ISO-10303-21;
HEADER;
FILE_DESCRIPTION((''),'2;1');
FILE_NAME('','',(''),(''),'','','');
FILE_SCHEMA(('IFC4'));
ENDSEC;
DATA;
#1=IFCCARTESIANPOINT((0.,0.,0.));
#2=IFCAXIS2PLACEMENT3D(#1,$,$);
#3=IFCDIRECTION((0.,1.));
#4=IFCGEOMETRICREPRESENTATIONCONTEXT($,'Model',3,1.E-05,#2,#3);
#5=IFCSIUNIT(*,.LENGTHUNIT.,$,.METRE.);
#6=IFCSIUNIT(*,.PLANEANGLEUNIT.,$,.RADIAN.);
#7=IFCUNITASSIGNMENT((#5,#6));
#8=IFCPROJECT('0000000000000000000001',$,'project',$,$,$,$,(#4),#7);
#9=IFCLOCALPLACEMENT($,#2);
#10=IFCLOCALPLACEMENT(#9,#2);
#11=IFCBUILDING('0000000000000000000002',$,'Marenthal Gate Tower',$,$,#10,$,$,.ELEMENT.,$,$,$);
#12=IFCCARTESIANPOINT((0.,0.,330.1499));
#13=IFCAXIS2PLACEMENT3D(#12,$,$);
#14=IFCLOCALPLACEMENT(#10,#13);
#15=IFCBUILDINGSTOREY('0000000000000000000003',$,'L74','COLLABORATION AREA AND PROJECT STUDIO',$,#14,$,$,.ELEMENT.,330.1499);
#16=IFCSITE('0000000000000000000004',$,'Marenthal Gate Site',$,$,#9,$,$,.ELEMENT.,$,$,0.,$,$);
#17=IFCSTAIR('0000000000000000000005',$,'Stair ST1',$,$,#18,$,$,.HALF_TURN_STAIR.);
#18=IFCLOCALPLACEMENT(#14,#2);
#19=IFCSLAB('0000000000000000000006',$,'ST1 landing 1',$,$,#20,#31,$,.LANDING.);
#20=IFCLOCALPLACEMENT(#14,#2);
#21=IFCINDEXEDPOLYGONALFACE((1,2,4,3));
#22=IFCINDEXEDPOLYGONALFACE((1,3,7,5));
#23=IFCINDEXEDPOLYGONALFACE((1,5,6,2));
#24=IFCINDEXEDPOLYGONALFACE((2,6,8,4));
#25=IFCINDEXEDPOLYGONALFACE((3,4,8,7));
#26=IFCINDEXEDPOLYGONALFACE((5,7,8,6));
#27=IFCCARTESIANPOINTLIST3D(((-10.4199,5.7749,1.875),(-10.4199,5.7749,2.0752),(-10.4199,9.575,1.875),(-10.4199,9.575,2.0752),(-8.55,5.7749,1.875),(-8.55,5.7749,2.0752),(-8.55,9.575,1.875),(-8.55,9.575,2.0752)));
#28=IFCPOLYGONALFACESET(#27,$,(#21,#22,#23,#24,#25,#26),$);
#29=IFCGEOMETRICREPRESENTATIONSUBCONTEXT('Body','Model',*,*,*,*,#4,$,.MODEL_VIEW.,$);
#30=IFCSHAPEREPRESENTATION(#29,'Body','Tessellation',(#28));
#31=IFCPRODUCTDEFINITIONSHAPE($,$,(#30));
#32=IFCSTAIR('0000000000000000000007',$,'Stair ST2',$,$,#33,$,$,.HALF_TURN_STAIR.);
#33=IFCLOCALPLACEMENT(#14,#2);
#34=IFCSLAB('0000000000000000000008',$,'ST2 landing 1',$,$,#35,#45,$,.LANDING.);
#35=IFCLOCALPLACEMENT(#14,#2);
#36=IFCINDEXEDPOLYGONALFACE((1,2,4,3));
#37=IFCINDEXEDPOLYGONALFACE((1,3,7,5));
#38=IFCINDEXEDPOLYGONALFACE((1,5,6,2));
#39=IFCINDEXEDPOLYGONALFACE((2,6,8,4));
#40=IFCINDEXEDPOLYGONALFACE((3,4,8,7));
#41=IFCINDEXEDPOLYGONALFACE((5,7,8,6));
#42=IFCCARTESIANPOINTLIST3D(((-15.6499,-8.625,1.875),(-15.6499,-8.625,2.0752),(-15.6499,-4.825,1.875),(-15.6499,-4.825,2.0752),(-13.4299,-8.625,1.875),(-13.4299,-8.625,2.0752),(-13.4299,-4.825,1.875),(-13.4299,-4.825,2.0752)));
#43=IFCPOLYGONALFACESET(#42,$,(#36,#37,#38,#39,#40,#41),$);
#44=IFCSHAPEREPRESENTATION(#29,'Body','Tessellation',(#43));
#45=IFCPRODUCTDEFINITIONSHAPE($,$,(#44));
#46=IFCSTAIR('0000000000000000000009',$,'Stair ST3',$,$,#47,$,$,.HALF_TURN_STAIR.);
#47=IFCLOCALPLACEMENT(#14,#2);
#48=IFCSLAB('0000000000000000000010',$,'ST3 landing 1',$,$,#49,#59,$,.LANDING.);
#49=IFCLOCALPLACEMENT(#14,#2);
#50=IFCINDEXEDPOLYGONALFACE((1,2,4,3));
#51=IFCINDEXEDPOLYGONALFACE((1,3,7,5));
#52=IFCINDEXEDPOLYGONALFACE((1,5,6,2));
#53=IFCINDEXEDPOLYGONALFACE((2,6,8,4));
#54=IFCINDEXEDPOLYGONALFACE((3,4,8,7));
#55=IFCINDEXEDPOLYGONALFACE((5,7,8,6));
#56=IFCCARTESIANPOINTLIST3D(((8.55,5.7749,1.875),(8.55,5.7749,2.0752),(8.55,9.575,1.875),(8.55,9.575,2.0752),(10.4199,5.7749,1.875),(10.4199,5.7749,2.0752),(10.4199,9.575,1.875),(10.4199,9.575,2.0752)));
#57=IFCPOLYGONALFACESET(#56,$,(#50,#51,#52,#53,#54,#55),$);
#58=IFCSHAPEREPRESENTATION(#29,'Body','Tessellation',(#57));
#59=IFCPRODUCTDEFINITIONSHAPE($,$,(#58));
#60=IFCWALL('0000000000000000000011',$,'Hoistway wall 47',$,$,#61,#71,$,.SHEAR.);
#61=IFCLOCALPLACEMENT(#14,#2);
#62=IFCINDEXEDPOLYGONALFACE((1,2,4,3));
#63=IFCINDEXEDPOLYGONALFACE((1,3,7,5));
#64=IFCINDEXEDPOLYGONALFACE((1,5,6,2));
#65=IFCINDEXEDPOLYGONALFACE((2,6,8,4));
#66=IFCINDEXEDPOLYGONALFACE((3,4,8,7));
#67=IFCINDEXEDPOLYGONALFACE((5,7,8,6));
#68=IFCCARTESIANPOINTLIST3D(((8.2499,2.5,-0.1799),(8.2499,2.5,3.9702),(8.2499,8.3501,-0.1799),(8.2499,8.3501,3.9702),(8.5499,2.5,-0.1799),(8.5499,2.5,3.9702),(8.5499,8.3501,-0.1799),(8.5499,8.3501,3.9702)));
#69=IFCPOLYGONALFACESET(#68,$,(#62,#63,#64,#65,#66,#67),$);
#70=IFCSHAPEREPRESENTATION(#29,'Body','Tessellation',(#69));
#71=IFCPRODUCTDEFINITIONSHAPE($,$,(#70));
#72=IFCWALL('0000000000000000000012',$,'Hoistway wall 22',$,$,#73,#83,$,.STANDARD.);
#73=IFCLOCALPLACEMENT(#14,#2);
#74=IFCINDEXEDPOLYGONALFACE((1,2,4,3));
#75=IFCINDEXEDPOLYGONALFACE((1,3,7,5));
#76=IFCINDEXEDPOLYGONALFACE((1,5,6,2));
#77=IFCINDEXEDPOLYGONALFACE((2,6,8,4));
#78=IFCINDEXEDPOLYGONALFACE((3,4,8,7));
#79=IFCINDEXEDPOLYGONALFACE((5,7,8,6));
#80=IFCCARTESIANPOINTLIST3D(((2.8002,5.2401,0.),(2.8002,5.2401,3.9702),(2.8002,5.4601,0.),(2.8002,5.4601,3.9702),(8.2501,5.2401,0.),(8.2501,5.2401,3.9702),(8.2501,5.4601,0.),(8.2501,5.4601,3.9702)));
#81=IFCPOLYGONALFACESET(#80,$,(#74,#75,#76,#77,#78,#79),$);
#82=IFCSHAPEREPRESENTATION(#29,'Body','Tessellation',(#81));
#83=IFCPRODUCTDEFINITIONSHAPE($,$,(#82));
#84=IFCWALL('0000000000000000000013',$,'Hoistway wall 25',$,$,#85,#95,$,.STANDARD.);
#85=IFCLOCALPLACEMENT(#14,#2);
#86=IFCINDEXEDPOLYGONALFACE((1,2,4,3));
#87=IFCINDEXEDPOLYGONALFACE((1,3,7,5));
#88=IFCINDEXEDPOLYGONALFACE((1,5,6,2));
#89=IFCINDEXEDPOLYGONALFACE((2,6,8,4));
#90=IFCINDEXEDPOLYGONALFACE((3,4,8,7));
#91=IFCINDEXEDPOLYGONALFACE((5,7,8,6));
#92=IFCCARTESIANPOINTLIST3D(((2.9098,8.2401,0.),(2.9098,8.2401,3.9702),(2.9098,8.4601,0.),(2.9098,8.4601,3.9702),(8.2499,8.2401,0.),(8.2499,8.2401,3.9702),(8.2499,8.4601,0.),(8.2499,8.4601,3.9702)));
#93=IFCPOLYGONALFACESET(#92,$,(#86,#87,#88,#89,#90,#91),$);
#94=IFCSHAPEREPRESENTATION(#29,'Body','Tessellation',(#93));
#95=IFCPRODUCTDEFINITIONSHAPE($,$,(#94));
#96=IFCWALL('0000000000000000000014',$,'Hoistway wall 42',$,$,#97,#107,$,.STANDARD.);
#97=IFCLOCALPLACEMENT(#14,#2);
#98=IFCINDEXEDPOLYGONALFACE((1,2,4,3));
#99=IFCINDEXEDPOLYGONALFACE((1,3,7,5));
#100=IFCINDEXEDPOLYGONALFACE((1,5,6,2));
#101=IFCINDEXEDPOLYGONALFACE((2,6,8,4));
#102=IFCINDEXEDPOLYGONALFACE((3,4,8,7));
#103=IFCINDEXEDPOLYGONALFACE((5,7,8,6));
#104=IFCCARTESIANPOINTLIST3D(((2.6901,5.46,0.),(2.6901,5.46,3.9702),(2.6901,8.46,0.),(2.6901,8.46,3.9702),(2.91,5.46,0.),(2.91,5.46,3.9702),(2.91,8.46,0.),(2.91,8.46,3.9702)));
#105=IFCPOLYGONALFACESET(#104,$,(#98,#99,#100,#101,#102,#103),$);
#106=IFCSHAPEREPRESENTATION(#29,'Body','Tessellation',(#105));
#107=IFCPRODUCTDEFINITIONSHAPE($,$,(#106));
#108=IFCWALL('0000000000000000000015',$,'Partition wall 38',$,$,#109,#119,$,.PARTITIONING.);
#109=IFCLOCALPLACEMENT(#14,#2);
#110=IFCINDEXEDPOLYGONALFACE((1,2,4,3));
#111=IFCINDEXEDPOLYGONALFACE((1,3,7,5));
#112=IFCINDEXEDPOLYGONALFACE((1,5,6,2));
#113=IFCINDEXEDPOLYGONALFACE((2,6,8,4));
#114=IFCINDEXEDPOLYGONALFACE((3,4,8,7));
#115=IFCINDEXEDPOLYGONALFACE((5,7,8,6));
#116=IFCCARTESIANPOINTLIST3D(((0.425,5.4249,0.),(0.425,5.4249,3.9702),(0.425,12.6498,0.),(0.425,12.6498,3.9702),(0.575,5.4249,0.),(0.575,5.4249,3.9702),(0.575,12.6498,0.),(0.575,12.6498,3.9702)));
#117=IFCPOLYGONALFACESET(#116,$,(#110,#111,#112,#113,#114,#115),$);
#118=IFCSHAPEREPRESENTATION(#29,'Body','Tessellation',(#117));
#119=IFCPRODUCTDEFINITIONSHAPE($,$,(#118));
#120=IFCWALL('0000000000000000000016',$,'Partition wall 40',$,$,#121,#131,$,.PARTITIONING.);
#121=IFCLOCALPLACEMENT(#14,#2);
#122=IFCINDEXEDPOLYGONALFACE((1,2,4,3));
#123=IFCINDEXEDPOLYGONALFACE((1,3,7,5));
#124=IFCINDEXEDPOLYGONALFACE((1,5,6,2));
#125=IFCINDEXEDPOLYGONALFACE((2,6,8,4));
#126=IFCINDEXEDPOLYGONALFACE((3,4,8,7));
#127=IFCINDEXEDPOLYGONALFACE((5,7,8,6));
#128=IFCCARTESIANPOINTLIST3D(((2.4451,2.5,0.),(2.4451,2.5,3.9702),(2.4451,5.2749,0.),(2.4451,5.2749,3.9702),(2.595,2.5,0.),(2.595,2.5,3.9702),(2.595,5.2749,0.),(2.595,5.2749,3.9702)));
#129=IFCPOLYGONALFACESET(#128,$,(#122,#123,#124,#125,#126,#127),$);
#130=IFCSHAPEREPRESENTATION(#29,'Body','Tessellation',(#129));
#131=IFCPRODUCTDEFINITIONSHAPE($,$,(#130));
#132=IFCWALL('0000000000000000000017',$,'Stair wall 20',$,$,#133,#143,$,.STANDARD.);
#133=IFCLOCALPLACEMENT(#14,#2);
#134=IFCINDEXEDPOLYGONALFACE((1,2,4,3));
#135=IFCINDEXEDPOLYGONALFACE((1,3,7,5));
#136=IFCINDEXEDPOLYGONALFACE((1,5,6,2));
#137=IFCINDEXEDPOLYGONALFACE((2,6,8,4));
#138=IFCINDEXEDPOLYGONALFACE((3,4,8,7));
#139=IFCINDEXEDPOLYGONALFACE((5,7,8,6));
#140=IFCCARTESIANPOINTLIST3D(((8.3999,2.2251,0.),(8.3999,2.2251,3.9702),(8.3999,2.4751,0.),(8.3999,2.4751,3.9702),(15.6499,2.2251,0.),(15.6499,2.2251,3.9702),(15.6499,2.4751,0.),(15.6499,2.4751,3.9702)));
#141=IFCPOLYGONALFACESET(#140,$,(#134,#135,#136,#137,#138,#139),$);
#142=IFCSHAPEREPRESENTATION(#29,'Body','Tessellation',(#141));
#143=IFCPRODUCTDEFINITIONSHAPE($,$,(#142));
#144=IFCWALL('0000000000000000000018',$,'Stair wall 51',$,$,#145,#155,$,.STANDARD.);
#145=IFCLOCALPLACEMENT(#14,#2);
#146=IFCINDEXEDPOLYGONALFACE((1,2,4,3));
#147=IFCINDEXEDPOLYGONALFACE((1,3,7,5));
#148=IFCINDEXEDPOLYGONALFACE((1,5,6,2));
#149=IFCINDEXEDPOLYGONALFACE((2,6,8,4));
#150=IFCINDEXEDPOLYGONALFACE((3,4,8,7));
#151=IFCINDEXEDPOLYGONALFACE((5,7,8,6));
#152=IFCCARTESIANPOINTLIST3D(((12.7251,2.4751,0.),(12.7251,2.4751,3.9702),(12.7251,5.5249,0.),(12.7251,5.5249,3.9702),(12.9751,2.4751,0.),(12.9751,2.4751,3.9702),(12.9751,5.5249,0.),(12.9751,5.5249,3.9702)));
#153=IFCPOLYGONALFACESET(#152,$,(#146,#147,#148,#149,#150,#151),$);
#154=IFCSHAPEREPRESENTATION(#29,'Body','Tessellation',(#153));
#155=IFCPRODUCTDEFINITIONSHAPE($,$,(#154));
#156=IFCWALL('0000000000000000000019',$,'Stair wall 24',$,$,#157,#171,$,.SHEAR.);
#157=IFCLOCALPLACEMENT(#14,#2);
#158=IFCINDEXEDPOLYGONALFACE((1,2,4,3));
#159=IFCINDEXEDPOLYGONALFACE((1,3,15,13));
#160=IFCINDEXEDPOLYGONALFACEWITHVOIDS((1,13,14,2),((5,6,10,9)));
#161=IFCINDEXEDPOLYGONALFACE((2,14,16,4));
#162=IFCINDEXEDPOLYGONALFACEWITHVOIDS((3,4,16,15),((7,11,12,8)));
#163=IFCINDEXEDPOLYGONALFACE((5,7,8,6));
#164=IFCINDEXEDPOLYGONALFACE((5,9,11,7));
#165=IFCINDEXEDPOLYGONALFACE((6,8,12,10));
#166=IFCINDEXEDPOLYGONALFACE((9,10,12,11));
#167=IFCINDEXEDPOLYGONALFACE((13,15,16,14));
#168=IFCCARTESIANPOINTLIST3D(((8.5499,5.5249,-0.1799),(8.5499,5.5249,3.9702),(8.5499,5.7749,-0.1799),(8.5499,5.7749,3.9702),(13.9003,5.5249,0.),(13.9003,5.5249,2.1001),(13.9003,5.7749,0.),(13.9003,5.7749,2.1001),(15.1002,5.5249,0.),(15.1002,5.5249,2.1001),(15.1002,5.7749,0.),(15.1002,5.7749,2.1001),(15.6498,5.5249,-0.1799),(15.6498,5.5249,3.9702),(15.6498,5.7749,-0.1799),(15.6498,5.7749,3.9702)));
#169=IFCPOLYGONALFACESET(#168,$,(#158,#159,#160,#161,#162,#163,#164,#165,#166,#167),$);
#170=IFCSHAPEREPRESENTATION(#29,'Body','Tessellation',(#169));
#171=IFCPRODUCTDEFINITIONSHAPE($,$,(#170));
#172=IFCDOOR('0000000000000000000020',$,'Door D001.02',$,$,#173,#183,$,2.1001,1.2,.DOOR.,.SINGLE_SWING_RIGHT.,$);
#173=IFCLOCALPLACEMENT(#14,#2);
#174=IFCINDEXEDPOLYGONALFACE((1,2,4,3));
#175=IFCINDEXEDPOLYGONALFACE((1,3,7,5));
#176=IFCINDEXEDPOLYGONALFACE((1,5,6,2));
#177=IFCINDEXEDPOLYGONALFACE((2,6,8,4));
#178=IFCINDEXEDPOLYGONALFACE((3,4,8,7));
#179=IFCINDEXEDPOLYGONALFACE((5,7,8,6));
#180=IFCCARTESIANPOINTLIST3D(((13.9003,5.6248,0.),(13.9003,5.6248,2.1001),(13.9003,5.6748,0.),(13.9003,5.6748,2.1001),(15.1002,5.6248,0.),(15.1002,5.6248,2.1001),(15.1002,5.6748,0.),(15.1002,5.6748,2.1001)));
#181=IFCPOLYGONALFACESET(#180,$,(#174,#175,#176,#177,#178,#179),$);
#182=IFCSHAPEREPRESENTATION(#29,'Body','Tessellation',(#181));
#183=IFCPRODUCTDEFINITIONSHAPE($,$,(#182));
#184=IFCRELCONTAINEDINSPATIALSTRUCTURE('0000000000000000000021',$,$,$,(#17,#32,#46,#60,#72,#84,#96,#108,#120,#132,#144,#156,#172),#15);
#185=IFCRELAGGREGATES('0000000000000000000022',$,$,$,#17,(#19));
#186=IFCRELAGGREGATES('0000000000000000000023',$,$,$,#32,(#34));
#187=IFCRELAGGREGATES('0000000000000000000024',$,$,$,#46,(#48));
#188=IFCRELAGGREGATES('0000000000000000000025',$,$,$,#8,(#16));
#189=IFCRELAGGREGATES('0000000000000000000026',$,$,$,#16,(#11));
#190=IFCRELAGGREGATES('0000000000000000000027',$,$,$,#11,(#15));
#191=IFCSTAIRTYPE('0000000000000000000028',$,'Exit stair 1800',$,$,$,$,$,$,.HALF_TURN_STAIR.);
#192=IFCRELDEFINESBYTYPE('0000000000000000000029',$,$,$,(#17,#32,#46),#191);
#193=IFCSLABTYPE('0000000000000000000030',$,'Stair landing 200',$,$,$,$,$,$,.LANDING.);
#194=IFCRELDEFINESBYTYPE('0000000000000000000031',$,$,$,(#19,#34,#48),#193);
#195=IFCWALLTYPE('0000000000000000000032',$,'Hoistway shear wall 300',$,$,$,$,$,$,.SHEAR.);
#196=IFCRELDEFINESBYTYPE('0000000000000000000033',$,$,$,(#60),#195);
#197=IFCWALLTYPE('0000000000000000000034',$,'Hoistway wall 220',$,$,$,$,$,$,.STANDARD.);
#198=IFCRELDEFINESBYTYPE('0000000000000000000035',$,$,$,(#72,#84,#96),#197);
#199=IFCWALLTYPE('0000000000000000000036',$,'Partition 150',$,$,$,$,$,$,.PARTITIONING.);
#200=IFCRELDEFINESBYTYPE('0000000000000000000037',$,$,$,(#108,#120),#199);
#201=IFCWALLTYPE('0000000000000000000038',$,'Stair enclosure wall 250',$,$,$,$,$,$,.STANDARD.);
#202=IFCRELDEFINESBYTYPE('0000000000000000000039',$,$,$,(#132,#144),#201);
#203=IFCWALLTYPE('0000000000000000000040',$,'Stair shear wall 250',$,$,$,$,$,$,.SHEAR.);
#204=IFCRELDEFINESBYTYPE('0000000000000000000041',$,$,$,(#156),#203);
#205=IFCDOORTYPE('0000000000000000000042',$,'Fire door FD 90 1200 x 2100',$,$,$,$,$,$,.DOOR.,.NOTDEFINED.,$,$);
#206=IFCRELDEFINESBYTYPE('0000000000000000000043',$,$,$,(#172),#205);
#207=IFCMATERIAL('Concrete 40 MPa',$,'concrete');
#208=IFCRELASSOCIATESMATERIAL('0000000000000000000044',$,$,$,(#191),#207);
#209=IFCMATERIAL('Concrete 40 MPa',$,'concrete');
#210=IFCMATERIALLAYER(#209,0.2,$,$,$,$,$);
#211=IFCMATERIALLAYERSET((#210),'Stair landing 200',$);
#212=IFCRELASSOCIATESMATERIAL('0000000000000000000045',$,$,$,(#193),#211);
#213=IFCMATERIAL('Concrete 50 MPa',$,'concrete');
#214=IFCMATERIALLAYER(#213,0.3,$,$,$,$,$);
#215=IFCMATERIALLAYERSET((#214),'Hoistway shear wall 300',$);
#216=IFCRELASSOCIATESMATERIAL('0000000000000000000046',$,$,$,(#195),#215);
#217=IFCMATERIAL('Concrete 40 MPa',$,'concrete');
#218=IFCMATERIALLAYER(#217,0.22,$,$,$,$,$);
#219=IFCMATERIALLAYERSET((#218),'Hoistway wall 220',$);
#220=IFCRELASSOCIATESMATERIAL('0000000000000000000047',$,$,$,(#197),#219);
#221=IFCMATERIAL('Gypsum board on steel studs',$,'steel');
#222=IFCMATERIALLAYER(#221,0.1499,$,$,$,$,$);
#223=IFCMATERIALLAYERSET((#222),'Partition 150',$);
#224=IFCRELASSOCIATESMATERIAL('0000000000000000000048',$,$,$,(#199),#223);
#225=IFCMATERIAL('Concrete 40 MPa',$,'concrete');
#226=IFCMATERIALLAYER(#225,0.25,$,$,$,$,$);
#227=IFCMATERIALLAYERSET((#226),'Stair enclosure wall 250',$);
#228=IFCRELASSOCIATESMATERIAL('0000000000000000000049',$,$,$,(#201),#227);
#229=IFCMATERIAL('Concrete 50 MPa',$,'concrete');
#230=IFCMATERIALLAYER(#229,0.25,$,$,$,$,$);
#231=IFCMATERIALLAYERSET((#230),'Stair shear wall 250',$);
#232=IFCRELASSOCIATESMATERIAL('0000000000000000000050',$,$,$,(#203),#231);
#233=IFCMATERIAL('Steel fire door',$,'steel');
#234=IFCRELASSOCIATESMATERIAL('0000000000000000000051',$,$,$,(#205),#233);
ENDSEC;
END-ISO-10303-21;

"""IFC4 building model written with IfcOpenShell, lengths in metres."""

from ifc_helpers import new_model, si_unit, direction, frame, frame_2d, origin, place, context, subcontext, project, spatial, polyline, rectangle, outline, extrude, material, layer, layer_set, type_object, element, fill, aggregate, save


model = new_model("IFC4")

# Units and contexts
model_context = context("Model", 3, precision=1e-05, world=origin(), true_north=direction((0.0, 1.0)))
body_context = subcontext(model_context, "Body", "Model", "MODEL_VIEW")
ifc_project = project(units=[si_unit("LENGTHUNIT", "METRE"), si_unit("PLANEANGLEUNIT", "RADIAN")], contexts=[model_context])

# Site, building, storey
site_placement = place(None, origin())
site = spatial("IfcSite", under=ifc_project, at=site_placement, Name="Marenthal Gate Site", CompositionType="ELEMENT", RefElevation=0.0)
building_placement = place(site_placement, origin())
building = spatial("IfcBuilding", under=site, at=building_placement, Name="Marenthal Gate Tower", CompositionType="ELEMENT")
storey_placement = place(building_placement, frame((0.0, 0.0, 330.1499)))
storey = spatial("IfcBuildingStorey", under=building, at=storey_placement, Name="L74", Description="COLLABORATION AREA AND PROJECT STUDIO", CompositionType="ELEMENT", Elevation=330.1499)

# Stairs, slabs
ifc_material_1 = material(Name="Concrete 40 MPa", Category="concrete")
stair_type = type_object("IfcStairType", Name="Exit stair 1800", PredefinedType="HALF_TURN_STAIR", material=ifc_material_1)
stair_1_placement = place(storey_placement, origin())
stair_1 = element("IfcStair", 1, at=stair_1_placement, inside=storey, type_object=stair_type, Name="Stair ST1", PredefinedType="HALF_TURN_STAIR")
ifc_material_2 = material(Name="Concrete 40 MPa", Category="concrete")
ifc_layer_1 = layer(ifc_material_2, 0.2)
ifc_layer_set_1 = layer_set([ifc_layer_1], Name="Stair landing 200")
slab_type = type_object("IfcSlabType", Name="Stair landing 200", PredefinedType="LANDING", material=ifc_layer_set_1)
slab_1_placement = place(storey_placement, frame((0.0, 0.0, 1.875)))
slab_1 = element("IfcSlab", 2, at=slab_1_placement, type_object=slab_type, Name="ST1 landing 1", PredefinedType="LANDING", context=body_context, shape_type="SweptSolid", body=[
    extrude(outline(polyline([(-10.4199, 5.7749), (-8.55, 5.7749), (-8.55, 9.575), (-10.4199, 9.575), (-10.4199, 5.7749)])), origin(), (0.0, 0.0, 1.0), 0.2002),
])
aggregate(stair_1, [slab_1])
stair_2_placement = place(storey_placement, origin())
stair_2 = element("IfcStair", 3, at=stair_2_placement, inside=storey, type_object=stair_type, Name="Stair ST2", PredefinedType="HALF_TURN_STAIR")
slab_2_placement = place(storey_placement, frame((0.0, 0.0, 1.875)))
slab_2 = element("IfcSlab", 4, at=slab_2_placement, type_object=slab_type, Name="ST2 landing 1", PredefinedType="LANDING", context=body_context, shape_type="SweptSolid", body=[
    extrude(outline(polyline([(-15.6499, -8.625), (-13.4299, -8.625), (-13.4299, -4.825), (-15.6499, -4.825), (-15.6499, -8.625)])), origin(), (0.0, 0.0, 1.0), 0.2002),
])
aggregate(stair_2, [slab_2])
stair_3_placement = place(storey_placement, origin())
stair_3 = element("IfcStair", 5, at=stair_3_placement, inside=storey, type_object=stair_type, Name="Stair ST3", PredefinedType="HALF_TURN_STAIR")
slab_3_placement = place(storey_placement, frame((0.0, 0.0, 1.875)))
slab_3 = element("IfcSlab", 6, at=slab_3_placement, type_object=slab_type, Name="ST3 landing 1", PredefinedType="LANDING", context=body_context, shape_type="SweptSolid", body=[
    extrude(outline(polyline([(8.55, 5.7749), (10.4199, 5.7749), (10.4199, 9.575), (8.55, 9.575), (8.55, 5.7749)])), origin(), (0.0, 0.0, 1.0), 0.2002),
])

# Walls
ifc_material_3 = material(Name="Concrete 50 MPa", Category="concrete")
ifc_layer_2 = layer(ifc_material_3, 0.3)
ifc_layer_set_2 = layer_set([ifc_layer_2], Name="Hoistway shear wall 300")
wall_type_1 = type_object("IfcWallType", Name="Hoistway shear wall 300", PredefinedType="SHEAR", material=ifc_layer_set_2)
wall_1_placement = place(storey_placement, frame((8.3999, 2.5, -0.1799), z_axis=(0.0, 0.0, 1.0), x_axis=(0.0, 1.0, 0.0)))
element("IfcWall", 7, at=wall_1_placement, inside=storey, type_object=wall_type_1, Name="Hoistway wall 47", PredefinedType="SHEAR", context=body_context, shape_type="SweptSolid", body=[
    extrude(rectangle(XDim=5.8501, YDim=0.3, at=frame_2d((2.925, 0.0))), origin(), (0.0, 0.0, 1.0), 4.1501),
])
ifc_material_4 = material(Name="Concrete 40 MPa", Category="concrete")
ifc_layer_3 = layer(ifc_material_4, 0.22)
ifc_layer_set_3 = layer_set([ifc_layer_3], Name="Hoistway wall 220")
wall_type_2 = type_object("IfcWallType", Name="Hoistway wall 220", PredefinedType="STANDARD", material=ifc_layer_set_3)
wall_2_placement = place(storey_placement, frame((2.8, 5.3501, 0.0), z_axis=(0.0, 0.0, 1.0), x_axis=(1.0, 0.0, 0.0)))
element("IfcWall", 8, at=wall_2_placement, inside=storey, type_object=wall_type_2, Name="Hoistway wall 22", PredefinedType="STANDARD", context=body_context, shape_type="SweptSolid", body=[
    extrude(rectangle(XDim=5.45, YDim=0.22, at=frame_2d((2.7251, 0.0))), origin(), (0.0, 0.0, 1.0), 3.9702),
])
wall_3_placement = place(storey_placement, frame((2.9099, 8.3501, 0.0), z_axis=(0.0, 0.0, 1.0), x_axis=(1.0, 0.0, 0.0)))
element("IfcWall", 9, at=wall_3_placement, inside=storey, type_object=wall_type_2, Name="Hoistway wall 25", PredefinedType="STANDARD", context=body_context, shape_type="SweptSolid", body=[
    extrude(rectangle(XDim=5.3401, YDim=0.22, at=frame_2d((2.6699, 0.0))), origin(), (0.0, 0.0, 1.0), 3.9702),
])
wall_4_placement = place(storey_placement, frame((2.8, 5.46, 0.0), z_axis=(0.0, 0.0, 1.0), x_axis=(0.0, 1.0, 0.0)))
element("IfcWall", 10, at=wall_4_placement, inside=storey, type_object=wall_type_2, Name="Hoistway wall 42", PredefinedType="STANDARD", context=body_context, shape_type="SweptSolid", body=[
    extrude(rectangle(XDim=3.0, YDim=0.22, at=frame_2d((1.5, 0.0))), origin(), (0.0, 0.0, 1.0), 3.9702),
])
ifc_material_5 = material(Name="Gypsum board on steel studs", Category="steel")
ifc_layer_4 = layer(ifc_material_5, 0.1499)
ifc_layer_set_4 = layer_set([ifc_layer_4], Name="Partition 150")
wall_type_3 = type_object("IfcWallType", Name="Partition 150", PredefinedType="PARTITIONING", material=ifc_layer_set_4)
wall_5_placement = place(storey_placement, frame((0.5, 5.425, 0.0), z_axis=(0.0, 0.0, 1.0), x_axis=(0.0, 1.0, 0.0)))
element("IfcWall", 11, at=wall_5_placement, inside=storey, type_object=wall_type_3, Name="Partition wall 38", PredefinedType="PARTITIONING", context=body_context, shape_type="SweptSolid", body=[
    extrude(rectangle(XDim=7.2249, YDim=0.1499, at=frame_2d((3.6123, 0.0))), origin(), (0.0, 0.0, 1.0), 3.9702),
])
wall_6_placement = place(storey_placement, frame((2.52, 2.5, 0.0), z_axis=(0.0, 0.0, 1.0), x_axis=(0.0, 1.0, 0.0)))
element("IfcWall", 12, at=wall_6_placement, inside=storey, type_object=wall_type_3, Name="Partition wall 40", PredefinedType="PARTITIONING", context=body_context, shape_type="SweptSolid", body=[
    extrude(rectangle(XDim=2.7749, YDim=0.1499, at=frame_2d((1.3875, 0.0))), origin(), (0.0, 0.0, 1.0), 3.9702),
])
ifc_material_6 = material(Name="Concrete 40 MPa", Category="concrete")
ifc_layer_5 = layer(ifc_material_6, 0.25)
ifc_layer_set_5 = layer_set([ifc_layer_5], Name="Stair enclosure wall 250")
wall_type_4 = type_object("IfcWallType", Name="Stair enclosure wall 250", PredefinedType="STANDARD", material=ifc_layer_set_5)
wall_7_placement = place(storey_placement, frame((8.3999, 2.3501, 0.0), z_axis=(0.0, 0.0, 1.0), x_axis=(1.0, 0.0, 0.0)))
element("IfcWall", 13, at=wall_7_placement, inside=storey, type_object=wall_type_4, Name="Stair wall 20", PredefinedType="STANDARD", context=body_context, shape_type="SweptSolid", body=[
    extrude(rectangle(XDim=7.25, YDim=0.25, at=frame_2d((3.625, 0.0))), origin(), (0.0, 0.0, 1.0), 3.9702),
])
wall_8_placement = place(storey_placement, frame((12.8501, 2.4751, 0.0), z_axis=(0.0, 0.0, 1.0), x_axis=(0.0, 1.0, 0.0)))
element("IfcWall", 14, at=wall_8_placement, inside=storey, type_object=wall_type_4, Name="Stair wall 51", PredefinedType="STANDARD", context=body_context, shape_type="SweptSolid", body=[
    extrude(rectangle(XDim=3.0498, YDim=0.25, at=frame_2d((1.5249, 0.0))), origin(), (0.0, 0.0, 1.0), 3.9702),
])

# Wall, opening, door
ifc_material_7 = material(Name="Concrete 50 MPa", Category="concrete")
ifc_layer_6 = layer(ifc_material_7, 0.25)
ifc_layer_set_6 = layer_set([ifc_layer_6], Name="Stair shear wall 250")
wall_type_5 = type_object("IfcWallType", Name="Stair shear wall 250", PredefinedType="SHEAR", material=ifc_layer_set_6)
wall_9_placement = place(storey_placement, frame((8.55, 5.6499, -0.1799), z_axis=(0.0, 0.0, 1.0), x_axis=(1.0, 0.0, 0.0)))
wall_9 = element("IfcWall", 15, at=wall_9_placement, inside=storey, type_object=wall_type_5, Name="Stair wall 24", PredefinedType="SHEAR", context=body_context, shape_type="SweptSolid", body=[
    extrude(rectangle(XDim=7.0999, YDim=0.25, at=frame_2d((3.5498, 0.0))), origin(), (0.0, 0.0, 1.0), 4.1501),
])
opening_placement = place(wall_9_placement, frame((5.3501, 0.0, 0.1799)))
opening = element("IfcOpeningElement", 16, at=opening_placement, cuts=wall_9, PredefinedType="OPENING", context=body_context, shape_type="SweptSolid", body=[
    extrude(rectangle(XDim=1.2, YDim=2.1001, at=frame_2d((0.6001, 1.05))), frame((0.0, 0.135, 0.0), z_axis=(0.0, -1.0, 0.0), x_axis=(1.0, 0.0, 0.0)), (0.0, 0.0, 1.0), 0.27),
])
ifc_material_8 = material(Name="Steel fire door", Category="steel")
door_type = type_object("IfcDoorType", Name="Fire door FD 90 1200 x 2100", OperationType="NOTDEFINED", PredefinedType="DOOR", material=ifc_material_8)
door_placement = place(opening_placement, origin())
door = element("IfcDoor", 17, at=door_placement, inside=storey, type_object=door_type, Name="Door D001.02", OperationType="SINGLE_SWING_RIGHT", OverallHeight=2.1001, OverallWidth=1.2, PredefinedType="DOOR", context=body_context, shape_type="SweptSolid", body=[
    extrude(rectangle(XDim=1.2, YDim=2.1001, at=frame_2d((0.6001, 1.05))), frame((0.0, 0.0249, 0.0), z_axis=(0.0, -1.0, 0.0), x_axis=(1.0, 0.0, 0.0)), (0.0, 0.0, 1.0), 0.05),
])
fill(opening, door)

aggregate(stair_3, [slab_3])

save(model, "model.ifc")
